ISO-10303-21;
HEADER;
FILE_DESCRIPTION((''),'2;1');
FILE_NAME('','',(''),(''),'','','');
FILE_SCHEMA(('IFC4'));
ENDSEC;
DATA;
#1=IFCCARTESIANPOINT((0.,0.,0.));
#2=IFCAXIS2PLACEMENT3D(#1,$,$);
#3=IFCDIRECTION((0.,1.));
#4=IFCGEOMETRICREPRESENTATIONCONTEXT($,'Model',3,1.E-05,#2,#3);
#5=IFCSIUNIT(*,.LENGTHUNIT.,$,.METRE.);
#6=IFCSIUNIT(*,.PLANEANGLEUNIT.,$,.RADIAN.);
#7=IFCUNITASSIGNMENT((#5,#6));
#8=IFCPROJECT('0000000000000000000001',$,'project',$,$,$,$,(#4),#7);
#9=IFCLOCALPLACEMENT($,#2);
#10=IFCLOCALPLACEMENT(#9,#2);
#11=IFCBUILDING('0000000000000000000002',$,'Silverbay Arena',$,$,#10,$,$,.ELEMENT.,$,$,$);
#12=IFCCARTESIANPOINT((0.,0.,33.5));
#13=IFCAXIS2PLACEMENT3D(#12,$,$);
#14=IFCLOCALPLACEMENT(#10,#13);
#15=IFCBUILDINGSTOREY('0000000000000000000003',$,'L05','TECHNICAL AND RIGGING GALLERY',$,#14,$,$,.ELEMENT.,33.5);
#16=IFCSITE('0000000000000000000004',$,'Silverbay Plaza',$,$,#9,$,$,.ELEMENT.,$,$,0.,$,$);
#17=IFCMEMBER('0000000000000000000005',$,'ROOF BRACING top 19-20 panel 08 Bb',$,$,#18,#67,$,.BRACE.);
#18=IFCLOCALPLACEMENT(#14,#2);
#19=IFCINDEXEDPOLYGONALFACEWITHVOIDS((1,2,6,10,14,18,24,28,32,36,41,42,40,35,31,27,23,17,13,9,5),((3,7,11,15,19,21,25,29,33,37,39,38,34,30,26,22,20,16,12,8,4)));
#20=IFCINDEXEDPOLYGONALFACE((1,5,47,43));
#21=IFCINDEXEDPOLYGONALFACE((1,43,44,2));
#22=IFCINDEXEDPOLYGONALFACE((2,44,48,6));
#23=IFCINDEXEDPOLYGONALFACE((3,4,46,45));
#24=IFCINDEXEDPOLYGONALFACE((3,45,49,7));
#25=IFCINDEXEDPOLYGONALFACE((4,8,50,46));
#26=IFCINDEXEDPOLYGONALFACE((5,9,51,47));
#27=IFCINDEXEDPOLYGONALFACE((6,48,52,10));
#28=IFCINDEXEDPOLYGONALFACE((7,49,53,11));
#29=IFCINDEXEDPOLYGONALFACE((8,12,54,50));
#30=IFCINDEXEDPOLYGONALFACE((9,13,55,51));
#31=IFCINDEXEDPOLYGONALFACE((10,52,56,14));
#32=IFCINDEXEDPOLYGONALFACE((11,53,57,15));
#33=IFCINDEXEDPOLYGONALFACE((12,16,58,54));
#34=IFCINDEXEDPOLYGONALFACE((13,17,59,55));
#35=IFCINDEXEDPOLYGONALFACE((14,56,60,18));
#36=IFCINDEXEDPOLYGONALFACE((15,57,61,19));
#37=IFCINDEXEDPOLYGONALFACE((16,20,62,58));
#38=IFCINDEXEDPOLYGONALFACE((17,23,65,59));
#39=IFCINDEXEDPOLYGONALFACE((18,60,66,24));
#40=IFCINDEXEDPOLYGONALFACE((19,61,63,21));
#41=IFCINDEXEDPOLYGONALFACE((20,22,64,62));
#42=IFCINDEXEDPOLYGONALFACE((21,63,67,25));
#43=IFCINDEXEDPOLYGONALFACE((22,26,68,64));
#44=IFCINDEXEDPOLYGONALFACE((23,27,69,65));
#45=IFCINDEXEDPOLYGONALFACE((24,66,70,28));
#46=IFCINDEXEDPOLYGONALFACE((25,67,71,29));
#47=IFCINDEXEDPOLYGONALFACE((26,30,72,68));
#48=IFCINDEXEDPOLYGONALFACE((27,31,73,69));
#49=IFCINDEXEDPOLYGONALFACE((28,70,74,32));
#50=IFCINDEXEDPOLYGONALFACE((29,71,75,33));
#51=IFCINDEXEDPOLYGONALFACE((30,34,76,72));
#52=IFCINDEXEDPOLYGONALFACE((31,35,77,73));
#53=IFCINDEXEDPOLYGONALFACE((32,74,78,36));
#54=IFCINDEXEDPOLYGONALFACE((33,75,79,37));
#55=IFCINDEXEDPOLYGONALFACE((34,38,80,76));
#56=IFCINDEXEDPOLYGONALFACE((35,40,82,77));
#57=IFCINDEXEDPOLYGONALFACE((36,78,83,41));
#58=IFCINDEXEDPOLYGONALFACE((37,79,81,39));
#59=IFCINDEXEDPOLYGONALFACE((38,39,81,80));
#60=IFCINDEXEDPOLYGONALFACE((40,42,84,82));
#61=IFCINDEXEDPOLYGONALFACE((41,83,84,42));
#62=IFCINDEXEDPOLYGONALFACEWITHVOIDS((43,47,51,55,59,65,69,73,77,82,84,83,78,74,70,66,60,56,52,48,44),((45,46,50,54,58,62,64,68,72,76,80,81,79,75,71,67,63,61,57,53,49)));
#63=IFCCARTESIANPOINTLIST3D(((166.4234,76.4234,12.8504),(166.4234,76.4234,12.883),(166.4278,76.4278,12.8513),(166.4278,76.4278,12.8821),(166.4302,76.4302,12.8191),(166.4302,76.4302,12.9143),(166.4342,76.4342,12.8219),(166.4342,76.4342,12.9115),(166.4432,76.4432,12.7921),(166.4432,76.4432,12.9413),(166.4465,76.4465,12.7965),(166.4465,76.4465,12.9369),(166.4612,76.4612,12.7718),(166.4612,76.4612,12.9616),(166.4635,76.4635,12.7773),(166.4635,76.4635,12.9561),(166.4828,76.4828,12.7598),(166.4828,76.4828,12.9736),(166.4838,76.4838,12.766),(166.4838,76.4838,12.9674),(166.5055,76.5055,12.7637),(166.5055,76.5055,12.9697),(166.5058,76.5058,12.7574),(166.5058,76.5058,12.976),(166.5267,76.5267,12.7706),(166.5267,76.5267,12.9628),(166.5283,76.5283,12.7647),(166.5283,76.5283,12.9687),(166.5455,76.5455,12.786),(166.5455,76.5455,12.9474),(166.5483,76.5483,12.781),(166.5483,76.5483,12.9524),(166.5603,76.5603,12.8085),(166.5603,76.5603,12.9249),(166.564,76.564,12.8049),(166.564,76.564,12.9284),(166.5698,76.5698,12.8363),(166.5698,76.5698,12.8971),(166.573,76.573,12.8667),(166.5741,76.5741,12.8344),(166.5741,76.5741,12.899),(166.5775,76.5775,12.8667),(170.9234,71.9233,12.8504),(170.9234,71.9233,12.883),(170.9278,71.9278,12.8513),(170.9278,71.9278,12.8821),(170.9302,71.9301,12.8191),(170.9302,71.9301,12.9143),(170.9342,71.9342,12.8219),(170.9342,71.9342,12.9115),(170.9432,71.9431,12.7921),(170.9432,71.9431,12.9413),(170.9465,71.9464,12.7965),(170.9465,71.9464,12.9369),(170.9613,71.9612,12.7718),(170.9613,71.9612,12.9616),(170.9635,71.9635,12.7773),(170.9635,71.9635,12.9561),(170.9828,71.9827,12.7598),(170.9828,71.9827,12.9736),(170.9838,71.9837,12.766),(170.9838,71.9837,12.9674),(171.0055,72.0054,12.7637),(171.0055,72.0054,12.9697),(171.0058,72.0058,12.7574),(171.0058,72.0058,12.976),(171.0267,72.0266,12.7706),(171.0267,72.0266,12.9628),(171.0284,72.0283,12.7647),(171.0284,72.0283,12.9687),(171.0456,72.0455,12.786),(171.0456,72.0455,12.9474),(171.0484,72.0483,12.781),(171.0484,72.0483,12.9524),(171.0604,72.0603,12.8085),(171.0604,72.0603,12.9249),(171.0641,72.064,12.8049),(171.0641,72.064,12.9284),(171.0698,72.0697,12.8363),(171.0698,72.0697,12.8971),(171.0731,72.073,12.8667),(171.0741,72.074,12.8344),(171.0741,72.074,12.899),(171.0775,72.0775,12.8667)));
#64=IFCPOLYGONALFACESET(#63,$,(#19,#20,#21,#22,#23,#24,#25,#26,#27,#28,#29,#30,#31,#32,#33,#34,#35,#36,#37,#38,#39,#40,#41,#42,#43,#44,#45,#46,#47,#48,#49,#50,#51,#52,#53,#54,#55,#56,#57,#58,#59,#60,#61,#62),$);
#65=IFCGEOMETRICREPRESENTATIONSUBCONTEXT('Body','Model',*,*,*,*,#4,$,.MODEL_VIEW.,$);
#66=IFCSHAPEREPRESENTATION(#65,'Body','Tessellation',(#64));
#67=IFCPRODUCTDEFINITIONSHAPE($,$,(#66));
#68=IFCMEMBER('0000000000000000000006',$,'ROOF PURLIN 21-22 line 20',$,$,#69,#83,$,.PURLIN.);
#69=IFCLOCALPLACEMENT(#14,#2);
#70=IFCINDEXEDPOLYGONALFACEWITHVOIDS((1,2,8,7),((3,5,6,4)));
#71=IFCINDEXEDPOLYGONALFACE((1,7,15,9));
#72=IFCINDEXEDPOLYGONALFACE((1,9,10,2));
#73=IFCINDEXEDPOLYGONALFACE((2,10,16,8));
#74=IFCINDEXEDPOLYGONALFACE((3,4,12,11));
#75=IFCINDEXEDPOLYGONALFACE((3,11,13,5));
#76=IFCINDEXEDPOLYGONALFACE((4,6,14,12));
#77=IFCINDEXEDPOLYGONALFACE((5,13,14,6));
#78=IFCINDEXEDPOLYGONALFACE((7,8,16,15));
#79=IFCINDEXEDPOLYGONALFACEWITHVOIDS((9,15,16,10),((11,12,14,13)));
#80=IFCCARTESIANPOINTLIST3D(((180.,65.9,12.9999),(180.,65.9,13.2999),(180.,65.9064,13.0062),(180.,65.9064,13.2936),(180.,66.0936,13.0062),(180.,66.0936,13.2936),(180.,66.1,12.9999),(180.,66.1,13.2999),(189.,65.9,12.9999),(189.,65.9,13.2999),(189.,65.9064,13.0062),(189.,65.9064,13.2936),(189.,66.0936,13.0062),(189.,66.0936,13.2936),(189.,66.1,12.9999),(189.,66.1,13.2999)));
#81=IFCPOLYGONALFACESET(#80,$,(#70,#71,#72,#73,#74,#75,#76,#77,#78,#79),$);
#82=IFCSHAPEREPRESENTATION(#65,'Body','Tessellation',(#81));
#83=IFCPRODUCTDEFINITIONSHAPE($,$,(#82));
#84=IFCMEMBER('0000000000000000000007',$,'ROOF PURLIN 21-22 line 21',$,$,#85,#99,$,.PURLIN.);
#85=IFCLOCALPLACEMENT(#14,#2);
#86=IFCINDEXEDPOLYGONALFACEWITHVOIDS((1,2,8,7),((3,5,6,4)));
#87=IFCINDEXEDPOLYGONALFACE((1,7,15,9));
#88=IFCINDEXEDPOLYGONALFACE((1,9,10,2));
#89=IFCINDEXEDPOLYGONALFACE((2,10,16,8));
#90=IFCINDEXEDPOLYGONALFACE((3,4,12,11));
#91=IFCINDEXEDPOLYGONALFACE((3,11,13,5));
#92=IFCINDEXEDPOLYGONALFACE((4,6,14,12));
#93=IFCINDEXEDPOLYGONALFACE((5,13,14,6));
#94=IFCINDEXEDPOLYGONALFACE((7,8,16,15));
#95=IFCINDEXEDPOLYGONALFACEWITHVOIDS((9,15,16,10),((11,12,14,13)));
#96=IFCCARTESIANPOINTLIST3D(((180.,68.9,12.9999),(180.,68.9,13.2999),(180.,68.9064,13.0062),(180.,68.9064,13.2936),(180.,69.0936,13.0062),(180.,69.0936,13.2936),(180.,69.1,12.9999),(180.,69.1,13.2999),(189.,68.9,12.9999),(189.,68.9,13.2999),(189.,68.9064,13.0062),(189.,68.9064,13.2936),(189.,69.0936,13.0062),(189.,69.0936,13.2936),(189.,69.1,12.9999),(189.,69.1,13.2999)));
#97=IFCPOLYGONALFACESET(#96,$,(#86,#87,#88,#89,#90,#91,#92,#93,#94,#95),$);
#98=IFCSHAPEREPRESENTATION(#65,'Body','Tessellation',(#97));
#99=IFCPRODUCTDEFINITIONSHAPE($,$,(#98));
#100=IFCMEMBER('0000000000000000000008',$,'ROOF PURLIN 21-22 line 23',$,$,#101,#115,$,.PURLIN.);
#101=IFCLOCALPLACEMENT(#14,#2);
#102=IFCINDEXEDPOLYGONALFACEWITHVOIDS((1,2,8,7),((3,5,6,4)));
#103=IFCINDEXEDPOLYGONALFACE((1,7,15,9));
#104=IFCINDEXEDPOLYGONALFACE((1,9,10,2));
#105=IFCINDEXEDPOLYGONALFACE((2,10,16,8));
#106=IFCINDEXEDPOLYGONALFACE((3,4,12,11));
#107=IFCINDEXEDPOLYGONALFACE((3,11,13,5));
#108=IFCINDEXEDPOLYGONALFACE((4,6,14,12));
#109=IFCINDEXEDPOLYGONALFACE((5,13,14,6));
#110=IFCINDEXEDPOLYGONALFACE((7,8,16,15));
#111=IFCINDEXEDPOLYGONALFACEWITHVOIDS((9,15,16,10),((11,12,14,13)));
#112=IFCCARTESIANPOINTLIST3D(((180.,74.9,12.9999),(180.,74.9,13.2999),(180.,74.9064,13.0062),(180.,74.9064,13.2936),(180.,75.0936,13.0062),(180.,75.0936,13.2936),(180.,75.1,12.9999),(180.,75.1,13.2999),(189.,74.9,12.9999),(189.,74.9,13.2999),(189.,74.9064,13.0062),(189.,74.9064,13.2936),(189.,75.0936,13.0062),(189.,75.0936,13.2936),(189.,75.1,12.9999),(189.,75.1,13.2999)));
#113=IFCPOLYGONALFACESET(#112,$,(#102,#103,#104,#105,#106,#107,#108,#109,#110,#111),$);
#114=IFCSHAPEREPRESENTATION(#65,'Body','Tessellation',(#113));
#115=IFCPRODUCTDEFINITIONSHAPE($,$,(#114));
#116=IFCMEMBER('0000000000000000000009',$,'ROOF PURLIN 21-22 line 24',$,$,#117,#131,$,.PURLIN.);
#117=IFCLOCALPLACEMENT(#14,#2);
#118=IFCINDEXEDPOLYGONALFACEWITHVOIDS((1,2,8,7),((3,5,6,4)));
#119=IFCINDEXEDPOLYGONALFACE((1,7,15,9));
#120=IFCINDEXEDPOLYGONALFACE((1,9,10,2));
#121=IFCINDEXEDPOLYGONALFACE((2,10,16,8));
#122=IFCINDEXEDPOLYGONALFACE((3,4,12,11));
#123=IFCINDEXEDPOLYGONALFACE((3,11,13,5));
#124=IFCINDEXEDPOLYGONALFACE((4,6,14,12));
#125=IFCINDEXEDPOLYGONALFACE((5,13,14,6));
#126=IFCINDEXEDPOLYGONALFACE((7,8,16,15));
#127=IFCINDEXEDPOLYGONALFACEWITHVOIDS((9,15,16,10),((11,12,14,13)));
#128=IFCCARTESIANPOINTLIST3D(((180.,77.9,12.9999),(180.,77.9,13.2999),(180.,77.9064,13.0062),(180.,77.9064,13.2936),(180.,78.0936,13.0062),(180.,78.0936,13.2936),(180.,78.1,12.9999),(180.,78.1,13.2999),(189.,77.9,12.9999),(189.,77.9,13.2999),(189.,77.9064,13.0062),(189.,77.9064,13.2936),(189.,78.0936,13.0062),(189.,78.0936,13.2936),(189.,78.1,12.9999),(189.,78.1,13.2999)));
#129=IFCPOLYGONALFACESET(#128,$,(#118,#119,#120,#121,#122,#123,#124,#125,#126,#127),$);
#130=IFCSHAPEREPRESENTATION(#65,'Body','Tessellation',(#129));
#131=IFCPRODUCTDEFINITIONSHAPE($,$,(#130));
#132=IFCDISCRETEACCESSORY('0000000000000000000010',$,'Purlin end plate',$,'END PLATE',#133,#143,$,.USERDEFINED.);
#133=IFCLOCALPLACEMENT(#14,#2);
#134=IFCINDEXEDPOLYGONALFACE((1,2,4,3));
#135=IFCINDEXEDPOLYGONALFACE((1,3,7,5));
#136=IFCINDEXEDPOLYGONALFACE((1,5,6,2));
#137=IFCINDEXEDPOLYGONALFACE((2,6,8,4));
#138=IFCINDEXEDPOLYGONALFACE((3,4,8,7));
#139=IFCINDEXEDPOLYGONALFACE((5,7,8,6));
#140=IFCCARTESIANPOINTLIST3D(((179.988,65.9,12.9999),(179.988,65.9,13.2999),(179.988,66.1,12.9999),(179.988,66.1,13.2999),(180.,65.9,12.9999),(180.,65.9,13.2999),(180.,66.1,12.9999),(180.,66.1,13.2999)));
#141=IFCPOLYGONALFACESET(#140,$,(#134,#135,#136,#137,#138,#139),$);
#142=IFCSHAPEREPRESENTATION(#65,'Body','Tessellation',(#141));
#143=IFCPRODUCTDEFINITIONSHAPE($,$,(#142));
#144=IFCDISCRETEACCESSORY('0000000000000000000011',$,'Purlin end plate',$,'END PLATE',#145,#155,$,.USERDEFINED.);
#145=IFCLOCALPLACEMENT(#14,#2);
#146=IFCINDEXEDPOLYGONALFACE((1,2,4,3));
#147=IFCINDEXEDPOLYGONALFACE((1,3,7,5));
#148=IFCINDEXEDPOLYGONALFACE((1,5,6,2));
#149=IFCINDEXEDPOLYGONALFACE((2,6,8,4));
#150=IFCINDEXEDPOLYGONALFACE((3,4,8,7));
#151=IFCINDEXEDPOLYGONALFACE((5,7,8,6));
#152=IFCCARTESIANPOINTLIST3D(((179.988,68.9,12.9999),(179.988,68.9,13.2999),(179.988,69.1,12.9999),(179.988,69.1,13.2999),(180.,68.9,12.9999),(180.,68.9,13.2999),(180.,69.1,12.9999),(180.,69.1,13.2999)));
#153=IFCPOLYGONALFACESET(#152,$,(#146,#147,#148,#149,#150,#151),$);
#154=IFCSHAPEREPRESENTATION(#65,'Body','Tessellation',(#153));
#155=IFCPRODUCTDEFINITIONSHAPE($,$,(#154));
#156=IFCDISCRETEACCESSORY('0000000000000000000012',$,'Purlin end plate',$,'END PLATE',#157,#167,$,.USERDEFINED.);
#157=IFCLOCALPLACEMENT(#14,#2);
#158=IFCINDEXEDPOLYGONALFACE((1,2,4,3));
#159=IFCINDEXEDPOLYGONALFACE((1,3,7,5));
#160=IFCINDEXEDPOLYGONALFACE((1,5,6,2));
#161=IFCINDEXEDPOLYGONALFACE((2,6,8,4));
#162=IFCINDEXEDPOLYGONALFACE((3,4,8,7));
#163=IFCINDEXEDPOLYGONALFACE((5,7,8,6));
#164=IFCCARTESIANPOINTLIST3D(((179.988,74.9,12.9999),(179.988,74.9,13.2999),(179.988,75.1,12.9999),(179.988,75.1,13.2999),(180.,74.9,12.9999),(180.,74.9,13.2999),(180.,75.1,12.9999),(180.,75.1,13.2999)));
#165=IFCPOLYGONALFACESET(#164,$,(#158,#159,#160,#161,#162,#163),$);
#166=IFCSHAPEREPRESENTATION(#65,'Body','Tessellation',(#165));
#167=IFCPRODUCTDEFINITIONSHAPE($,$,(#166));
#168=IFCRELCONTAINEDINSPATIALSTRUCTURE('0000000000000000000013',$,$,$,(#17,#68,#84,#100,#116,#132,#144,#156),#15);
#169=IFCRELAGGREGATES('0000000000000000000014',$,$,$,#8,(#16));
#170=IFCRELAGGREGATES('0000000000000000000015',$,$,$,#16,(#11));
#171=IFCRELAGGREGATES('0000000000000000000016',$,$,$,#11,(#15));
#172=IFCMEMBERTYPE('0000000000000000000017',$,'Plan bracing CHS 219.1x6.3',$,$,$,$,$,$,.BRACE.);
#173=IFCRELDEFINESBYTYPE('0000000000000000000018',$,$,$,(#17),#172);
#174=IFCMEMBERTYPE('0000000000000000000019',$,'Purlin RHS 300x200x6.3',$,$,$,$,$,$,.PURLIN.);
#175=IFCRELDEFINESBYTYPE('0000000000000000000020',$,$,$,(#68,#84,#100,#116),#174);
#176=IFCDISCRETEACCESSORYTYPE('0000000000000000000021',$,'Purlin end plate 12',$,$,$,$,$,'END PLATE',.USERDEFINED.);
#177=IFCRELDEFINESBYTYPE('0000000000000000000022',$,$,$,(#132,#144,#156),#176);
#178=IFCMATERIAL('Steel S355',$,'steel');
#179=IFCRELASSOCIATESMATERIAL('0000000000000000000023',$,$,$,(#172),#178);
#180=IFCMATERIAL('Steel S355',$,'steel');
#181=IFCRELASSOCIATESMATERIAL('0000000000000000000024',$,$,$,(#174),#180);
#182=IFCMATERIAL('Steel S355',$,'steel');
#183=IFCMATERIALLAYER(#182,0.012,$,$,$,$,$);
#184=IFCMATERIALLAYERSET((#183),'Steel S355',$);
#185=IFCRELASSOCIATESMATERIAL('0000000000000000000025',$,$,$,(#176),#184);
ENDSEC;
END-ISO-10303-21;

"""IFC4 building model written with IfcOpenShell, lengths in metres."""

from ifc_helpers import new_model, si_unit, direction, frame, origin, origin_2d, place, context, subcontext, project, spatial, rectangle, hollow_rectangle, hollow_circle, extrude, material, layer, layer_set, material_profile, profile_set, type_object, element, save


model = new_model("IFC4")

# Units and contexts
model_context = context("Model", 3, precision=1e-05, world=origin(), true_north=direction((0.0, 1.0)))
body_context = subcontext(model_context, "Body", "Model", "MODEL_VIEW")
ifc_project = project(units=[si_unit("LENGTHUNIT", "METRE"), si_unit("PLANEANGLEUNIT", "RADIAN")], contexts=[model_context])

# Site, building, storey
site_placement = place(None, origin())
site = spatial("IfcSite", under=ifc_project, at=site_placement, Name="Silverbay Plaza", CompositionType="ELEMENT", RefElevation=0.0)
building_placement = place(site_placement, origin())
building = spatial("IfcBuilding", under=site, at=building_placement, Name="Silverbay Arena", CompositionType="ELEMENT")
storey_placement = place(building_placement, frame((0.0, 0.0, 33.5)))
storey = spatial("IfcBuildingStorey", under=building, at=storey_placement, Name="L05", Description="TECHNICAL AND RIGGING GALLERY", CompositionType="ELEMENT", Elevation=33.5)

# Members
ifc_material_1 = material(Name="Steel S355", Category="steel")
ifc_material_profile_1 = material_profile(ifc_material_1, hollow_circle(Radius=0.1096, WallThickness=0.0063, at=origin_2d()), Name="CHS 219.1x6.3")
ifc_profile_set_1 = profile_set([ifc_material_profile_1], Name="Steel S355")
member_type_1 = type_object("IfcMemberType", Name="Plan bracing CHS 219.1x6.3", PredefinedType="BRACE", material=ifc_profile_set_1)
for number, where, z_axis, x_axis, name in (
    (1, (166.5, 76.5, 12.8667), (0.707107, -0.707107, 0.0), (0.707107, 0.707107, 0.0), "ROOF BRACING top 19-20 panel 08 Bb"),
):
    element("IfcMember", number, at=place(storey_placement, frame(where, z_axis=z_axis, x_axis=x_axis)), inside=storey, type_object=member_type_1, Name=name, PredefinedType="BRACE", context=body_context, shape_type="SweptSolid", body=[
        extrude(hollow_circle(Radius=0.1096, WallThickness=0.0063, at=origin_2d()), origin(), (0.0, 0.0, 1.0), 6.364),
    ])
ifc_material_2 = material(Name="Steel S355", Category="steel")
ifc_material_profile_2 = material_profile(ifc_material_2, hollow_rectangle(XDim=0.2, YDim=0.3, WallThickness=0.0063, at=origin_2d()), Name="RHS 300x200x6.3")
ifc_profile_set_2 = profile_set([ifc_material_profile_2], Name="Steel S355")
member_type_2 = type_object("IfcMemberType", Name="Purlin RHS 300x200x6.3", PredefinedType="PURLIN", material=ifc_profile_set_2)
for number, where, z_axis, x_axis, name in (
    (2, (180.0, 66.0, 13.1499), (1.0, 0.0, 0.0), (0.0, 1.0, 0.0), "ROOF PURLIN 21-22 line 20"),
    (3, (180.0, 69.0, 13.1499), (1.0, 0.0, 0.0), (0.0, 1.0, 0.0), "ROOF PURLIN 21-22 line 21"),
    (4, (180.0, 75.0, 13.1499), (1.0, 0.0, 0.0), (0.0, 1.0, 0.0), "ROOF PURLIN 21-22 line 23"),
    (5, (180.0, 78.0, 13.1499), (1.0, 0.0, 0.0), (0.0, 1.0, 0.0), "ROOF PURLIN 21-22 line 24"),
):
    element("IfcMember", number, at=place(storey_placement, frame(where, z_axis=z_axis, x_axis=x_axis)), inside=storey, type_object=member_type_2, Name=name, PredefinedType="PURLIN", context=body_context, shape_type="SweptSolid", body=[
        extrude(hollow_rectangle(XDim=0.2, YDim=0.3, WallThickness=0.0063, at=origin_2d()), origin(), (0.0, 0.0, 1.0), 9.0),
    ])

# Discrete accessories
ifc_material_3 = material(Name="Steel S355", Category="steel")
ifc_layer = layer(ifc_material_3, 0.012)
ifc_layer_set = layer_set([ifc_layer], Name="Steel S355")
discrete_accessory_type = type_object("IfcDiscreteAccessoryType", Name="Purlin end plate 12", ElementType="END PLATE", PredefinedType="USERDEFINED", material=ifc_layer_set)
for number, where, z_axis, x_axis, name in (
    (6, (180.0, 66.0, 13.1499), (-1.0, 0.0, 0.0), (0.0, -1.0, 0.0), "Purlin end plate"),
    (7, (180.0, 69.0, 13.1499), (-1.0, 0.0, 0.0), (0.0, -1.0, 0.0), "Purlin end plate"),
    (8, (180.0, 75.0, 13.1499), (-1.0, 0.0, 0.0), (0.0, -1.0, 0.0), "Purlin end plate"),
):
    element("IfcDiscreteAccessory", number, at=place(storey_placement, frame(where, z_axis=z_axis, x_axis=x_axis)), inside=storey, type_object=discrete_accessory_type, Name=name, ObjectType="END PLATE", PredefinedType="USERDEFINED", context=body_context, shape_type="SweptSolid", body=[
        extrude(rectangle(XDim=0.2, YDim=0.3, at=origin_2d()), origin(), (0.0, 0.0, 1.0), 0.012),
    ])

save(model, "model.ifc")
